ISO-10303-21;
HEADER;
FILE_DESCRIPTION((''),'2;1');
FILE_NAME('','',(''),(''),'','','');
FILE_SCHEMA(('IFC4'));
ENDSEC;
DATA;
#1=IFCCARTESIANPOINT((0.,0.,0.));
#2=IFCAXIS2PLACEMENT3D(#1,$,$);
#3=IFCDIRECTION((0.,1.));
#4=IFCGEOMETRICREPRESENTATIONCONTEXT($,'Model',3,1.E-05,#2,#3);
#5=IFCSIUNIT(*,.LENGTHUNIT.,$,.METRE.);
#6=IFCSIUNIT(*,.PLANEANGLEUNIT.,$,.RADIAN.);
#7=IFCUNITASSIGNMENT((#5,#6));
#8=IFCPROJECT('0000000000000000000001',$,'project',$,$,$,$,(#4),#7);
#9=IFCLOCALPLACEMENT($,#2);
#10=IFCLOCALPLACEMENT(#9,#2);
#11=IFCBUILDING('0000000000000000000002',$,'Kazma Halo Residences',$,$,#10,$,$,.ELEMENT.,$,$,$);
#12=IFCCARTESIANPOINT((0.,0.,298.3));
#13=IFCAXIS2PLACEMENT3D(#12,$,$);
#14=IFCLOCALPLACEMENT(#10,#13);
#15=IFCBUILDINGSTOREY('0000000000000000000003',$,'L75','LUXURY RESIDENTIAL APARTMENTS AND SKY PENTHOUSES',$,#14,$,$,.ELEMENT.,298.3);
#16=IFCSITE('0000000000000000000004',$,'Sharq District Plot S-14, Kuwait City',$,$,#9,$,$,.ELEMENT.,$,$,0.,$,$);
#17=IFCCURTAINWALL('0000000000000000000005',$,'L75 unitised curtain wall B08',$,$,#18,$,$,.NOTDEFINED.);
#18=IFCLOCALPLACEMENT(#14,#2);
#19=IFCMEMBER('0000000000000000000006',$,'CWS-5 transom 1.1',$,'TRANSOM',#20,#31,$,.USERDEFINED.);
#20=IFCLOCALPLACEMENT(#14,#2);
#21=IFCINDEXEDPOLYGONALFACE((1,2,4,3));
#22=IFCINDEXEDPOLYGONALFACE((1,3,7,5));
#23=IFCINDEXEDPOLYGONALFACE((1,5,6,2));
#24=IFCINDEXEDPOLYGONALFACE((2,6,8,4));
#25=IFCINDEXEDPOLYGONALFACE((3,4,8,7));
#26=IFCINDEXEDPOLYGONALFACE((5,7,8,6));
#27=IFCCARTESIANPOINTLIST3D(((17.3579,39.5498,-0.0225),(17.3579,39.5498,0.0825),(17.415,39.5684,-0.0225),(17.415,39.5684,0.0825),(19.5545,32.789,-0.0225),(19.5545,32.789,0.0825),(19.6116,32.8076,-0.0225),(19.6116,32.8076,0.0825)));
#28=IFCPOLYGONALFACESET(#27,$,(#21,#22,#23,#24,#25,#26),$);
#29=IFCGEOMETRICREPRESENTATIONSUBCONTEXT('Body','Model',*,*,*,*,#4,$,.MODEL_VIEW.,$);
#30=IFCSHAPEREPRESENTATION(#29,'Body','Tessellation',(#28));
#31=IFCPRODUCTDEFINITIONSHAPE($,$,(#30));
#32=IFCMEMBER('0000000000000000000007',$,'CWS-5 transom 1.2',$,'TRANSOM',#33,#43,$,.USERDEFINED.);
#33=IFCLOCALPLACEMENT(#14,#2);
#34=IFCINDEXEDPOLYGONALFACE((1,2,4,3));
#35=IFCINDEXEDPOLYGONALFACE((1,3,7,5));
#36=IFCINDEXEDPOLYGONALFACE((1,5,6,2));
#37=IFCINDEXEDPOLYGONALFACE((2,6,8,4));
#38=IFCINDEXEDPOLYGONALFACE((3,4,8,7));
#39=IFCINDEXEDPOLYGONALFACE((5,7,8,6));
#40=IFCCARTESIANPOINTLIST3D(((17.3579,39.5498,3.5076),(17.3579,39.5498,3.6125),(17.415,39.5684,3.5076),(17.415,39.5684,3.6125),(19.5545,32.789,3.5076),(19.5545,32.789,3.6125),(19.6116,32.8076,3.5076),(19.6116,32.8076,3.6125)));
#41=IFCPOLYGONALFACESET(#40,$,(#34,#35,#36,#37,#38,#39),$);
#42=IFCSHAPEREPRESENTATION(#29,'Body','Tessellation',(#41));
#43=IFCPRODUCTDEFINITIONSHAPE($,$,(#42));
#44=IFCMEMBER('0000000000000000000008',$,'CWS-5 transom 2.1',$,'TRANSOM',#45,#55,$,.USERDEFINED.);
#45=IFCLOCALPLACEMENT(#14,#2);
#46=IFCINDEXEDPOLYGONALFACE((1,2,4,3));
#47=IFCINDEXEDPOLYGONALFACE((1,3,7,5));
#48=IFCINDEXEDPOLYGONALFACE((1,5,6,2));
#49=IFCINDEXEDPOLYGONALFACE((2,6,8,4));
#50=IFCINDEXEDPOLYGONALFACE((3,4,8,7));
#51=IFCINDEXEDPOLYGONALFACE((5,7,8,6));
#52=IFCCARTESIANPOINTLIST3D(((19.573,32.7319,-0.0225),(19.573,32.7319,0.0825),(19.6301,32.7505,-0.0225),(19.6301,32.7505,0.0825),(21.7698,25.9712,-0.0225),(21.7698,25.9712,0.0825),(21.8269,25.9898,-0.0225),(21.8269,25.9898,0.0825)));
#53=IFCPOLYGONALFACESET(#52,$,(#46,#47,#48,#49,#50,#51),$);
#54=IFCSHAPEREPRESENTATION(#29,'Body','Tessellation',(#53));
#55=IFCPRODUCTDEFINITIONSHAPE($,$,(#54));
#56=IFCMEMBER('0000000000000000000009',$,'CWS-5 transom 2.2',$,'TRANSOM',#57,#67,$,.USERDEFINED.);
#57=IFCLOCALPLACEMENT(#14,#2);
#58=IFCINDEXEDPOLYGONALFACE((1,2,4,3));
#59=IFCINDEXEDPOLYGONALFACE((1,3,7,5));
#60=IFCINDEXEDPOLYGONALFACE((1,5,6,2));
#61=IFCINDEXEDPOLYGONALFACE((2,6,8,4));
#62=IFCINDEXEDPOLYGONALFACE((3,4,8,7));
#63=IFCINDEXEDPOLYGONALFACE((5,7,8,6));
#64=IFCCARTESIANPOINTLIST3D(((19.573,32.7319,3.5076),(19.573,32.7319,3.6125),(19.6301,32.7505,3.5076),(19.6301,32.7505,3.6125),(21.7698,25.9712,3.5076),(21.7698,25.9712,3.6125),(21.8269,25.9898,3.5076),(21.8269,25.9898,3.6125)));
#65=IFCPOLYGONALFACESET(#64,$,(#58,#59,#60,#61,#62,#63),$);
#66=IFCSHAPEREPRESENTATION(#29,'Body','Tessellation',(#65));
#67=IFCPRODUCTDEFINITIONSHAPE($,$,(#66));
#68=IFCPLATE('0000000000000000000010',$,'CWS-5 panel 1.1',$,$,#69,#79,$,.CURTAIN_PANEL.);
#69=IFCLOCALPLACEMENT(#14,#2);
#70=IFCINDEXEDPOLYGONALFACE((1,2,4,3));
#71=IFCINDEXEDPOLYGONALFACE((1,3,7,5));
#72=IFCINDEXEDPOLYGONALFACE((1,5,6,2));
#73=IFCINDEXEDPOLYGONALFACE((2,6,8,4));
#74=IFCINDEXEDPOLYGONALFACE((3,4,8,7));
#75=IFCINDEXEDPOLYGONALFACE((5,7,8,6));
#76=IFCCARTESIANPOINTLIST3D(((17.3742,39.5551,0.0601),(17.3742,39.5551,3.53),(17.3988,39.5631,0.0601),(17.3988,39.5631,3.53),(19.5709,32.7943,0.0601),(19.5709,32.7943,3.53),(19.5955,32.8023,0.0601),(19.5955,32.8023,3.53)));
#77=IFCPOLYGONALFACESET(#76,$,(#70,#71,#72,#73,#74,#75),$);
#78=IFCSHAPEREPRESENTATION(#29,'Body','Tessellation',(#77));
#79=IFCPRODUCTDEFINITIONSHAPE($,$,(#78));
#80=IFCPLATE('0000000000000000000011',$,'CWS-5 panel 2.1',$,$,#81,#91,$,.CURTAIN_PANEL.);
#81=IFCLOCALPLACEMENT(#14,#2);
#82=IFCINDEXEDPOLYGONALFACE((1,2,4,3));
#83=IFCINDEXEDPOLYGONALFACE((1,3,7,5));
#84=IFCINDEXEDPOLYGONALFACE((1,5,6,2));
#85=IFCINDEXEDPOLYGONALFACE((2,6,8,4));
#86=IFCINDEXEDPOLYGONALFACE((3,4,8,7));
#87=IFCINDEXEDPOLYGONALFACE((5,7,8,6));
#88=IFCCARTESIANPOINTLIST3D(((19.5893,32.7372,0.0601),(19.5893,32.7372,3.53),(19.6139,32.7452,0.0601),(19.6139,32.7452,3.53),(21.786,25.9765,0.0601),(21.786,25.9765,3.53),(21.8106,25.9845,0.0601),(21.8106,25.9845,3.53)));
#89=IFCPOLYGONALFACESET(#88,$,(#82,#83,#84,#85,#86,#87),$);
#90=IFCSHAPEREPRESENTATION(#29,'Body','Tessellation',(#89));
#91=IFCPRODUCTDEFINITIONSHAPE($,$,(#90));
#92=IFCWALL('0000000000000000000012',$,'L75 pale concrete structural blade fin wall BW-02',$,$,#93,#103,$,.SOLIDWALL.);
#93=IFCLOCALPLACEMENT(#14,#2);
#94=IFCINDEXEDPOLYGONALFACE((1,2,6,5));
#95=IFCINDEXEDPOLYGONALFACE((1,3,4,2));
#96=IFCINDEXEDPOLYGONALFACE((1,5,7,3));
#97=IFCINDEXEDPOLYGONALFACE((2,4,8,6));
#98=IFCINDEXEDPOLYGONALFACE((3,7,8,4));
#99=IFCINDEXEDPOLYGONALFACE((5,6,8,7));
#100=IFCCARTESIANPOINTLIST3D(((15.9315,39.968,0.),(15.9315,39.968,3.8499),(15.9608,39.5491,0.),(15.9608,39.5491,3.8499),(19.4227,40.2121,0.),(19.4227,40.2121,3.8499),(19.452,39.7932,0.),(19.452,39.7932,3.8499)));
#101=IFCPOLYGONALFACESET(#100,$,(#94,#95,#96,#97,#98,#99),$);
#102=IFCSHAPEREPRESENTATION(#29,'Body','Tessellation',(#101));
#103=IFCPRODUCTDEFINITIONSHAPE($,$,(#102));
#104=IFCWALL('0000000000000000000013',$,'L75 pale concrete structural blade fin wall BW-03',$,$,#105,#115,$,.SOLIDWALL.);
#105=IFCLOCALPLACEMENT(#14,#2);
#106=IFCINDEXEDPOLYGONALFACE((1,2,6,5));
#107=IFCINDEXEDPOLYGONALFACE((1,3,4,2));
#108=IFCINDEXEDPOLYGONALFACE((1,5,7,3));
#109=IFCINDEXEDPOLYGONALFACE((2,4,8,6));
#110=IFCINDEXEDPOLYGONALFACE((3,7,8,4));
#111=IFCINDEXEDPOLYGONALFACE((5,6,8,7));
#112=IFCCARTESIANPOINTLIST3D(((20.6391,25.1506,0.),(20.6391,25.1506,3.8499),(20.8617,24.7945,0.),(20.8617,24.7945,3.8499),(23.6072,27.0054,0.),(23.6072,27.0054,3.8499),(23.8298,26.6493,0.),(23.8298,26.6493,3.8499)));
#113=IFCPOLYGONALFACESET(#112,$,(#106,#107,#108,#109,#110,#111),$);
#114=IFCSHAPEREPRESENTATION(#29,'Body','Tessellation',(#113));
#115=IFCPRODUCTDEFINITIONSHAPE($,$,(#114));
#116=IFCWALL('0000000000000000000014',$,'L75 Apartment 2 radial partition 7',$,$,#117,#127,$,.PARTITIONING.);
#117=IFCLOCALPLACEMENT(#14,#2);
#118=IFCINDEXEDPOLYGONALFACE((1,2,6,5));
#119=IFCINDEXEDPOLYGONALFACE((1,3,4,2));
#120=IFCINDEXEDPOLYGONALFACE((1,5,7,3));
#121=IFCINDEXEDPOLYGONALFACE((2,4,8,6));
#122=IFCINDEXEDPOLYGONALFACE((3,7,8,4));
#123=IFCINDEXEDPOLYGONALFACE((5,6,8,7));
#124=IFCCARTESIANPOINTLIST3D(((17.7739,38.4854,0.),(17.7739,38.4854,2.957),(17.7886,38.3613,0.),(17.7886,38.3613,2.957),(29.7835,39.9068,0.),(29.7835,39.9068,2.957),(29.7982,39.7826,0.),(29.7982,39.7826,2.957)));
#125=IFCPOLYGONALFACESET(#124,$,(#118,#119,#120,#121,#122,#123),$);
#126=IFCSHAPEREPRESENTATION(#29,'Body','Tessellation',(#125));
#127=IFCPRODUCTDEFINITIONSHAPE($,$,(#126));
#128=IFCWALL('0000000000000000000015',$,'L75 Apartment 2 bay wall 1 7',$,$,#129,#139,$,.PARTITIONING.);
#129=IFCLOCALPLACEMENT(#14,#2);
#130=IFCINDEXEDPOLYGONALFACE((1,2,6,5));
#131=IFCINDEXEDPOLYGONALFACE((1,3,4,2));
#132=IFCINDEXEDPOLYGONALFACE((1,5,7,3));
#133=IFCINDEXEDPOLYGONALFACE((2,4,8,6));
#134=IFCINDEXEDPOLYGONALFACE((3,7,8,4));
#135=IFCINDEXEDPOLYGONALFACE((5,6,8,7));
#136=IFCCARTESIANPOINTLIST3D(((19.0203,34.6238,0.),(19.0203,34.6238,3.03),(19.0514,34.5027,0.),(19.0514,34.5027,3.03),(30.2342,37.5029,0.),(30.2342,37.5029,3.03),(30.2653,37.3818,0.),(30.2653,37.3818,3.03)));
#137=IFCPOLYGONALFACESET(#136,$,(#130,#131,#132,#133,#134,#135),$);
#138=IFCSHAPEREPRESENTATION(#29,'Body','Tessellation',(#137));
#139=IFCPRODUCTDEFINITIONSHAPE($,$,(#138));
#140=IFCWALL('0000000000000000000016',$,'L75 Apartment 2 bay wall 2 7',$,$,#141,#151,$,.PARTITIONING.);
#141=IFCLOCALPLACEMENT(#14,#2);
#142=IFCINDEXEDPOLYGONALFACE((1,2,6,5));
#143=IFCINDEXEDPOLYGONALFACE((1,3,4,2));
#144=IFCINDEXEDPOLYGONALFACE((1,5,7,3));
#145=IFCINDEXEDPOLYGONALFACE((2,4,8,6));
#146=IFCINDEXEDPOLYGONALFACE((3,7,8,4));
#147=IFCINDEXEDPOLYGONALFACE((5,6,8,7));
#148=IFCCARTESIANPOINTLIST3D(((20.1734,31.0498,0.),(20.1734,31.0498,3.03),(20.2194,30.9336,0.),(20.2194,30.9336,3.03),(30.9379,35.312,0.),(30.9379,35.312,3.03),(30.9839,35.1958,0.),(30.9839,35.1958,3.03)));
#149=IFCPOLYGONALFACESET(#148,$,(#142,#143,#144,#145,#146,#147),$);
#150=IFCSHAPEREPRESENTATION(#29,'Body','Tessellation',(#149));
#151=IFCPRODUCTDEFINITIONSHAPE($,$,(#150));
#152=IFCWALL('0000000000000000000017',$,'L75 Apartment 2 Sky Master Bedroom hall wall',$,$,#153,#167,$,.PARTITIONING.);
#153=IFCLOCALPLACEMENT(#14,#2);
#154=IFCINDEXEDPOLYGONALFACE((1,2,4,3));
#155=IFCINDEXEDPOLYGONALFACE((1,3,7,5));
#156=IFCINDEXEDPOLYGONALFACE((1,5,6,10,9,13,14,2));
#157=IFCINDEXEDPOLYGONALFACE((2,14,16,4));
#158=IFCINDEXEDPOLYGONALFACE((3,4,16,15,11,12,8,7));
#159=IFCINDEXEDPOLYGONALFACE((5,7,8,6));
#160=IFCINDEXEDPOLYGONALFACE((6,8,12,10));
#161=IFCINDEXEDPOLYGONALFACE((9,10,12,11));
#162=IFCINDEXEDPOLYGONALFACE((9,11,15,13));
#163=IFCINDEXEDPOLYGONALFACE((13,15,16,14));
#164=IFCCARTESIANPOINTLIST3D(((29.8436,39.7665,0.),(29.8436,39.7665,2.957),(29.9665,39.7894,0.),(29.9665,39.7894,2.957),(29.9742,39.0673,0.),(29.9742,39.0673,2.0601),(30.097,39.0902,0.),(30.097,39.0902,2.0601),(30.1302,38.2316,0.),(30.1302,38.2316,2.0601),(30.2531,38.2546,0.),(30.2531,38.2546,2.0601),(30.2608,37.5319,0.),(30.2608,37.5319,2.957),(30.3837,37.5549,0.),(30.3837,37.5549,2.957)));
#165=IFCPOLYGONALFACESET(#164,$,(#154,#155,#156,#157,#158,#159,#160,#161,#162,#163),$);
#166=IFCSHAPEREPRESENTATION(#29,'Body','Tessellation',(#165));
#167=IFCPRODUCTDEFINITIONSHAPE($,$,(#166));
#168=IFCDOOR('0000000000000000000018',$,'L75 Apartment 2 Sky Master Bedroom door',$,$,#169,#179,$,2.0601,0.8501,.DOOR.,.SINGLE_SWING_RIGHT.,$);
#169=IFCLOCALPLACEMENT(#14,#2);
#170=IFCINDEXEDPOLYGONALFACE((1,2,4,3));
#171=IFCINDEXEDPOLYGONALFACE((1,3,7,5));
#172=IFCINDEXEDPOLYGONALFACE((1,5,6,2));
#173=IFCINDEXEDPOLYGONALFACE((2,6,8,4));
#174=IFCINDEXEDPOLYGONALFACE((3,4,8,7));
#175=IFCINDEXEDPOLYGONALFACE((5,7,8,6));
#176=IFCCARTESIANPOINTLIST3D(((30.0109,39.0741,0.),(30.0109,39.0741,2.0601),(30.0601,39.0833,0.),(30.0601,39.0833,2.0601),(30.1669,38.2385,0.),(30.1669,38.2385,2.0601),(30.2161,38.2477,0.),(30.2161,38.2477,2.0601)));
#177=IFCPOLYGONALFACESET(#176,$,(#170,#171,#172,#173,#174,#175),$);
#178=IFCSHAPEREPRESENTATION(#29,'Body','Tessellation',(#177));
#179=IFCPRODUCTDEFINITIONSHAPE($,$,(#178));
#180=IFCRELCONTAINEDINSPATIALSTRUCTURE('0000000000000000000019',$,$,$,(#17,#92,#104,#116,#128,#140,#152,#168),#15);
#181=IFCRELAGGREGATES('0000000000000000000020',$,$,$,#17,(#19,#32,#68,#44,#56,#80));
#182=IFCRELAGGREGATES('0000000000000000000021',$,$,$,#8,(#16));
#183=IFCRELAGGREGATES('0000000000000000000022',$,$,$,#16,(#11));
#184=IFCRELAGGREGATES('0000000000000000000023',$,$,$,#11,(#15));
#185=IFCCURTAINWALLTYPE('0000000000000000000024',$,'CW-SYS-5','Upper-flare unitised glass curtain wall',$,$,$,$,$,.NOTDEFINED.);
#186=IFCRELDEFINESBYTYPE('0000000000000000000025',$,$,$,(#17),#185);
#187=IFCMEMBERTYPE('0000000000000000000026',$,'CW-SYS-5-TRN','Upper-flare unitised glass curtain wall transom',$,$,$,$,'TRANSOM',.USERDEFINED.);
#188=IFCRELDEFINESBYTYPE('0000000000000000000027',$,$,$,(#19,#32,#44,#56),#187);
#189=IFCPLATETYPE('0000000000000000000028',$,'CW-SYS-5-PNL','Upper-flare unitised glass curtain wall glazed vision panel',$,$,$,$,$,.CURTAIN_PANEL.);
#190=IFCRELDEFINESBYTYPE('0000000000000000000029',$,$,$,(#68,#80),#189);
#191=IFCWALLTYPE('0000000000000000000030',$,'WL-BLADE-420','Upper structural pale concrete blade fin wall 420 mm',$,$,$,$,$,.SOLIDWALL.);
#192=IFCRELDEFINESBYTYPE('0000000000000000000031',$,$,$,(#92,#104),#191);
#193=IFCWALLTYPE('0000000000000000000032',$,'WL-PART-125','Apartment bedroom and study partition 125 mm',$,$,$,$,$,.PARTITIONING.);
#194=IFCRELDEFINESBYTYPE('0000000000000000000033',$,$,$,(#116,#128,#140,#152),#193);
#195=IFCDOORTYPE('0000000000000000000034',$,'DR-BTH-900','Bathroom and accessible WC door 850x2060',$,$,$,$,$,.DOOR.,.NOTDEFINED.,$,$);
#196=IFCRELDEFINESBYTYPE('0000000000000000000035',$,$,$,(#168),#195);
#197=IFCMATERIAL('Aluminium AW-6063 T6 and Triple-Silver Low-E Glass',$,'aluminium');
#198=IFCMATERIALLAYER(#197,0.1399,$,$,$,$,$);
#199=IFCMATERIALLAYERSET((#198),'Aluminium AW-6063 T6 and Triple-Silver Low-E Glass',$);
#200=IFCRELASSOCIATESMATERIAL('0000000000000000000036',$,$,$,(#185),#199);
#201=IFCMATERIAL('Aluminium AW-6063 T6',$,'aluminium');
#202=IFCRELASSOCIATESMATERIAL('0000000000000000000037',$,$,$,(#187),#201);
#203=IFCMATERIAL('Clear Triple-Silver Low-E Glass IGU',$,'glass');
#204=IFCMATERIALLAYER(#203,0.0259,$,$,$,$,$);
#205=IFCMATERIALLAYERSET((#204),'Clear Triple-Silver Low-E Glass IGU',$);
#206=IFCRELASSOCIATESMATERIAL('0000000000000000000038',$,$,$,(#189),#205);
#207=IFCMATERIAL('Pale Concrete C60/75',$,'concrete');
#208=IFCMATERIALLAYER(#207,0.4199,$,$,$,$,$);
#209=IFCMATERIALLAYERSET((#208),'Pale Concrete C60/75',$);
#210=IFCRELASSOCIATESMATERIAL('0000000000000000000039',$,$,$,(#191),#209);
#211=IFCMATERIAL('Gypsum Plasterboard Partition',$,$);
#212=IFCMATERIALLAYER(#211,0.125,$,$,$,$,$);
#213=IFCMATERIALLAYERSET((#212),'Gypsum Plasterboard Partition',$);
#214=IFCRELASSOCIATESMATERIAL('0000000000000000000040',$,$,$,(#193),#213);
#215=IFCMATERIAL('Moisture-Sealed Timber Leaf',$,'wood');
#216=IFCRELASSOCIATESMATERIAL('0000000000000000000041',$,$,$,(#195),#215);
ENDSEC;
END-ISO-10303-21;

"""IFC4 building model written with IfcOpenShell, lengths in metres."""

from ifc_helpers import new_model, si_unit, direction, frame, frame_2d, origin, origin_2d, place, context, subcontext, project, spatial, rectangle, extrude, material, layer, layer_set, material_profile, profile_set, type_object, element, fill, aggregate, save


model = new_model("IFC4")

# Units and contexts
model_context = context("Model", 3, precision=1e-05, world=origin(), true_north=direction((0.0, 1.0)))
body_context = subcontext(model_context, "Body", "Model", "MODEL_VIEW")
ifc_project = project(units=[si_unit("LENGTHUNIT", "METRE"), si_unit("PLANEANGLEUNIT", "RADIAN")], contexts=[model_context])

# Site, building, storey
site_placement = place(None, origin())
site = spatial("IfcSite", under=ifc_project, at=site_placement, Name="Sharq District Plot S-14, Kuwait City", CompositionType="ELEMENT", RefElevation=0.0)
building_placement = place(site_placement, origin())
building = spatial("IfcBuilding", under=site, at=building_placement, Name="Kazma Halo Residences", CompositionType="ELEMENT")
storey_placement = place(building_placement, frame((0.0, 0.0, 298.3)))
storey = spatial("IfcBuildingStorey", under=building, at=storey_placement, Name="L75", Description="LUXURY RESIDENTIAL APARTMENTS AND SKY PENTHOUSES", CompositionType="ELEMENT", Elevation=298.3)

# Curtain wall, members, plates
ifc_material_1 = material(Name="Aluminium AW-6063 T6 and Triple-Silver Low-E Glass", Category="aluminium")
ifc_layer_1 = layer(ifc_material_1, 0.1399)
ifc_layer_set_1 = layer_set([ifc_layer_1], Name="Aluminium AW-6063 T6 and Triple-Silver Low-E Glass")
curtain_wall_type = type_object("IfcCurtainWallType", Name="CW-SYS-5", Description="Upper-flare unitised glass curtain wall", PredefinedType="NOTDEFINED", material=ifc_layer_set_1)
curtain_wall_placement = place(storey_placement, origin())
curtain_wall = element("IfcCurtainWall", 1, at=curtain_wall_placement, inside=storey, type_object=curtain_wall_type, Name="L75 unitised curtain wall B08", PredefinedType="NOTDEFINED")
ifc_material_2 = material(Name="Aluminium AW-6063 T6", Category="aluminium")
ifc_material_profile_1 = material_profile(ifc_material_2, rectangle(XDim=0.0601, YDim=0.105, at=origin_2d()), Name="CWT-60x105")
ifc_profile_set_1 = profile_set([ifc_material_profile_1], Name="Aluminium AW-6063 T6")
member_type_1 = type_object("IfcMemberType", Name="CW-SYS-5-TRN", Description="Upper-flare unitised glass curtain wall transom", ElementType="TRANSOM", PredefinedType="USERDEFINED", material=ifc_profile_set_1)
member_1_placement = place(storey_placement, frame((17.3865, 39.5591, 0.03), z_axis=(0.308996, -0.951063, 0.0), x_axis=(0.951063, 0.308996, 0.0)))
member_1 = element("IfcMember", 2, at=member_1_placement, type_object=member_type_1, Name="CWS-5 transom 1.1", ObjectType="TRANSOM", PredefinedType="USERDEFINED", context=body_context, shape_type="SweptSolid", body=[
    extrude(rectangle(XDim=0.0601, YDim=0.105, at=origin_2d()), origin(), (0.0, 0.0, 1.0), 7.1086),
])
member_2_placement = place(storey_placement, frame((17.3865, 39.5591, 3.5601), z_axis=(0.308996, -0.951063, 0.0), x_axis=(0.951063, 0.308996, 0.0)))
member_2 = element("IfcMember", 3, at=member_2_placement, type_object=member_type_1, Name="CWS-5 transom 1.2", ObjectType="TRANSOM", PredefinedType="USERDEFINED", context=body_context, shape_type="SweptSolid", body=[
    extrude(rectangle(XDim=0.0601, YDim=0.105, at=origin_2d()), origin(), (0.0, 0.0, 1.0), 7.1086),
])
member_3_placement = place(storey_placement, frame((19.6016, 32.7412, 0.03), z_axis=(0.309027, -0.951053, 0.0), x_axis=(0.951053, 0.309027, 0.0)))
member_3 = element("IfcMember", 4, at=member_3_placement, type_object=member_type_1, Name="CWS-5 transom 2.1", ObjectType="TRANSOM", PredefinedType="USERDEFINED", context=body_context, shape_type="SweptSolid", body=[
    extrude(rectangle(XDim=0.0601, YDim=0.105, at=origin_2d()), origin(), (0.0, 0.0, 1.0), 7.1086),
])
member_4_placement = place(storey_placement, frame((19.6016, 32.7412, 3.5601), z_axis=(0.309027, -0.951053, 0.0), x_axis=(0.951053, 0.309027, 0.0)))
member_4 = element("IfcMember", 5, at=member_4_placement, type_object=member_type_1, Name="CWS-5 transom 2.2", ObjectType="TRANSOM", PredefinedType="USERDEFINED", context=body_context, shape_type="SweptSolid", body=[
    extrude(rectangle(XDim=0.0601, YDim=0.105, at=origin_2d()), origin(), (0.0, 0.0, 1.0), 7.1086),
])
ifc_material_3 = material(Name="Clear Triple-Silver Low-E Glass IGU", Category="glass")
ifc_layer_2 = layer(ifc_material_3, 0.0259)
ifc_layer_set_2 = layer_set([ifc_layer_2], Name="Clear Triple-Silver Low-E Glass IGU")
plate_type = type_object("IfcPlateType", Name="CW-SYS-5-PNL", Description="Upper-flare unitised glass curtain wall glazed vision panel", PredefinedType="CURTAIN_PANEL", material=ifc_layer_set_2)
plate_1_placement = place(storey_placement, frame((18.4849, 36.1787, 0.0601), z_axis=(0.0, 0.0, 1.0), x_axis=(0.309011, -0.951058, 0.0)))
plate_1 = element("IfcPlate", 6, at=plate_1_placement, type_object=plate_type, Name="CWS-5 panel 1.1", PredefinedType="CURTAIN_PANEL", context=body_context, shape_type="SweptSolid", body=[
    extrude(rectangle(XDim=7.1086, YDim=0.0259, at=origin_2d()), origin(), (0.0, 0.0, 1.0), 3.47),
])
plate_2_placement = place(storey_placement, frame((20.7, 29.3608, 0.0601), z_axis=(0.0, 0.0, 1.0), x_axis=(0.309011, -0.951058, 0.0)))
plate_2 = element("IfcPlate", 7, at=plate_2_placement, type_object=plate_type, Name="CWS-5 panel 2.1", PredefinedType="CURTAIN_PANEL", context=body_context, shape_type="SweptSolid", body=[
    extrude(rectangle(XDim=7.1086, YDim=0.0259, at=origin_2d()), origin(), (0.0, 0.0, 1.0), 3.47),
])
aggregate(curtain_wall, [member_1, member_2, plate_1, member_3, member_4, plate_2])

# Walls
ifc_material_4 = material(Name="Pale Concrete C60/75", Category="concrete")
ifc_layer_3 = layer(ifc_material_4, 0.4199)
ifc_layer_set_3 = layer_set([ifc_layer_3], Name="Pale Concrete C60/75")
wall_type_1 = type_object("IfcWallType", Name="WL-BLADE-420", Description="Upper structural pale concrete blade fin wall 420 mm", PredefinedType="SOLIDWALL", material=ifc_layer_set_3)
wall_1_placement = place(storey_placement, frame((19.4375, 40.0027, 0.0), z_axis=(0.0, 0.0, 1.0), x_axis=(-0.997564, -0.06976, 0.0)))
element("IfcWall", 8, at=wall_1_placement, inside=storey, type_object=wall_type_1, Name="L75 pale concrete structural blade fin wall BW-02", PredefinedType="SOLIDWALL", context=body_context, shape_type="SweptSolid", body=[
    extrude(rectangle(XDim=3.4998, YDim=0.4199, at=frame_2d((1.75, 0.0))), origin(), (0.0, 0.0, 1.0), 3.8499),
])
wall_2_placement = place(storey_placement, frame((23.7185, 26.8274, 0.0), z_axis=(0.0, 0.0, 1.0), x_axis=(-0.848034, -0.529943, 0.0)))
element("IfcWall", 9, at=wall_2_placement, inside=storey, type_object=wall_type_1, Name="L75 pale concrete structural blade fin wall BW-03", PredefinedType="SOLIDWALL", context=body_context, shape_type="SweptSolid", body=[
    extrude(rectangle(XDim=3.5, YDim=0.4199, at=frame_2d((1.75, 0.0))), origin(), (0.0, 0.0, 1.0), 3.8499),
])
ifc_material_5 = material(Name="Gypsum Plasterboard Partition")
ifc_layer_4 = layer(ifc_material_5, 0.125)
ifc_layer_set_4 = layer_set([ifc_layer_4], Name="Gypsum Plasterboard Partition")
wall_type_2 = type_object("IfcWallType", Name="WL-PART-125", Description="Apartment bedroom and study partition 125 mm", PredefinedType="PARTITIONING", material=ifc_layer_set_4)
wall_3_placement = place(storey_placement, frame((29.791, 39.8447, 0.0), z_axis=(0.0, 0.0, 1.0), x_axis=(-0.993069, -0.117532, 0.0)))
element("IfcWall", 10, at=wall_3_placement, inside=storey, type_object=wall_type_2, Name="L75 Apartment 2 radial partition 7", PredefinedType="PARTITIONING", context=body_context, shape_type="SweptSolid", body=[
    extrude(rectangle(XDim=12.0935, YDim=0.125, at=frame_2d((6.0469, 0.0))), origin(), (0.0, 0.0, 1.0), 2.957),
])
for number, where, z_axis, x_axis, name in (
    (11, (30.2498, 37.4424, 0.0), (0.0, 0.0, 1.0), (-0.968585, -0.248683, 0.0), "L75 Apartment 2 bay wall 1 7"),
    (12, (30.9609, 35.2539, 0.0), (0.0, 0.0, 1.0), (-0.929771, -0.368138, 0.0), "L75 Apartment 2 bay wall 2 7"),
):
    element("IfcWall", number, at=place(storey_placement, frame(where, z_axis=z_axis, x_axis=x_axis)), inside=storey, type_object=wall_type_2, Name=name, PredefinedType="PARTITIONING", context=body_context, shape_type="SweptSolid", body=[
        extrude(rectangle(XDim=11.5776, YDim=0.125, at=frame_2d((5.7888, 0.0))), origin(), (0.0, 0.0, 1.0), 3.03),
    ])

# Wall, opening, door
wall_4_placement = place(storey_placement, frame((29.905, 39.7781, 0.0), z_axis=(0.0, 0.0, 1.0), x_axis=(0.183543, -0.983012, 0.0)))
wall_4 = element("IfcWall", 13, at=wall_4_placement, inside=storey, type_object=wall_type_2, Name="L75 Apartment 2 Sky Master Bedroom hall wall", PredefinedType="PARTITIONING", context=body_context, shape_type="SweptSolid", body=[
    extrude(rectangle(XDim=2.2732, YDim=0.125, at=frame_2d((1.1367, 0.0))), origin(), (0.0, 0.0, 1.0), 2.957),
])
opening_1_placement = place(wall_4_placement, frame((0.7114, 0.0, 0.0)))
opening_1 = element("IfcOpeningElement", 14, at=opening_1_placement, cuts=wall_4, PredefinedType="OPENING", context=body_context, shape_type="SweptSolid", body=[
    extrude(rectangle(XDim=0.8501, YDim=2.0601, at=frame_2d((0.425, 1.03))), frame((0.0, 0.0725, 0.0), z_axis=(0.0, -1.0, 0.0), x_axis=(1.0, 0.0, 0.0)), (0.0, 0.0, 1.0), 0.145),
])
ifc_material_6 = material(Name="Moisture-Sealed Timber Leaf", Category="wood")
door_type = type_object("IfcDoorType", Name="DR-BTH-900", Description="Bathroom and accessible WC door 850x2060", OperationType="NOTDEFINED", PredefinedType="DOOR", material=ifc_material_6)
door_1_placement = place(opening_1_placement, origin())
door_1 = element("IfcDoor", 15, at=door_1_placement, inside=storey, type_object=door_type, Name="L75 Apartment 2 Sky Master Bedroom door", OperationType="SINGLE_SWING_RIGHT", OverallHeight=2.0601, OverallWidth=0.8501, PredefinedType="DOOR", context=body_context, shape_type="SweptSolid", body=[
    extrude(rectangle(XDim=0.8501, YDim=2.0601, at=frame_2d((0.425, 1.03))), frame((0.0, 0.0249, 0.0), z_axis=(0.0, -1.0, 0.0), x_axis=(1.0, 0.0, 0.0)), (0.0, 0.0, 1.0), 0.05),
])
fill(opening_1, door_1)

save(model, "model.ifc")
